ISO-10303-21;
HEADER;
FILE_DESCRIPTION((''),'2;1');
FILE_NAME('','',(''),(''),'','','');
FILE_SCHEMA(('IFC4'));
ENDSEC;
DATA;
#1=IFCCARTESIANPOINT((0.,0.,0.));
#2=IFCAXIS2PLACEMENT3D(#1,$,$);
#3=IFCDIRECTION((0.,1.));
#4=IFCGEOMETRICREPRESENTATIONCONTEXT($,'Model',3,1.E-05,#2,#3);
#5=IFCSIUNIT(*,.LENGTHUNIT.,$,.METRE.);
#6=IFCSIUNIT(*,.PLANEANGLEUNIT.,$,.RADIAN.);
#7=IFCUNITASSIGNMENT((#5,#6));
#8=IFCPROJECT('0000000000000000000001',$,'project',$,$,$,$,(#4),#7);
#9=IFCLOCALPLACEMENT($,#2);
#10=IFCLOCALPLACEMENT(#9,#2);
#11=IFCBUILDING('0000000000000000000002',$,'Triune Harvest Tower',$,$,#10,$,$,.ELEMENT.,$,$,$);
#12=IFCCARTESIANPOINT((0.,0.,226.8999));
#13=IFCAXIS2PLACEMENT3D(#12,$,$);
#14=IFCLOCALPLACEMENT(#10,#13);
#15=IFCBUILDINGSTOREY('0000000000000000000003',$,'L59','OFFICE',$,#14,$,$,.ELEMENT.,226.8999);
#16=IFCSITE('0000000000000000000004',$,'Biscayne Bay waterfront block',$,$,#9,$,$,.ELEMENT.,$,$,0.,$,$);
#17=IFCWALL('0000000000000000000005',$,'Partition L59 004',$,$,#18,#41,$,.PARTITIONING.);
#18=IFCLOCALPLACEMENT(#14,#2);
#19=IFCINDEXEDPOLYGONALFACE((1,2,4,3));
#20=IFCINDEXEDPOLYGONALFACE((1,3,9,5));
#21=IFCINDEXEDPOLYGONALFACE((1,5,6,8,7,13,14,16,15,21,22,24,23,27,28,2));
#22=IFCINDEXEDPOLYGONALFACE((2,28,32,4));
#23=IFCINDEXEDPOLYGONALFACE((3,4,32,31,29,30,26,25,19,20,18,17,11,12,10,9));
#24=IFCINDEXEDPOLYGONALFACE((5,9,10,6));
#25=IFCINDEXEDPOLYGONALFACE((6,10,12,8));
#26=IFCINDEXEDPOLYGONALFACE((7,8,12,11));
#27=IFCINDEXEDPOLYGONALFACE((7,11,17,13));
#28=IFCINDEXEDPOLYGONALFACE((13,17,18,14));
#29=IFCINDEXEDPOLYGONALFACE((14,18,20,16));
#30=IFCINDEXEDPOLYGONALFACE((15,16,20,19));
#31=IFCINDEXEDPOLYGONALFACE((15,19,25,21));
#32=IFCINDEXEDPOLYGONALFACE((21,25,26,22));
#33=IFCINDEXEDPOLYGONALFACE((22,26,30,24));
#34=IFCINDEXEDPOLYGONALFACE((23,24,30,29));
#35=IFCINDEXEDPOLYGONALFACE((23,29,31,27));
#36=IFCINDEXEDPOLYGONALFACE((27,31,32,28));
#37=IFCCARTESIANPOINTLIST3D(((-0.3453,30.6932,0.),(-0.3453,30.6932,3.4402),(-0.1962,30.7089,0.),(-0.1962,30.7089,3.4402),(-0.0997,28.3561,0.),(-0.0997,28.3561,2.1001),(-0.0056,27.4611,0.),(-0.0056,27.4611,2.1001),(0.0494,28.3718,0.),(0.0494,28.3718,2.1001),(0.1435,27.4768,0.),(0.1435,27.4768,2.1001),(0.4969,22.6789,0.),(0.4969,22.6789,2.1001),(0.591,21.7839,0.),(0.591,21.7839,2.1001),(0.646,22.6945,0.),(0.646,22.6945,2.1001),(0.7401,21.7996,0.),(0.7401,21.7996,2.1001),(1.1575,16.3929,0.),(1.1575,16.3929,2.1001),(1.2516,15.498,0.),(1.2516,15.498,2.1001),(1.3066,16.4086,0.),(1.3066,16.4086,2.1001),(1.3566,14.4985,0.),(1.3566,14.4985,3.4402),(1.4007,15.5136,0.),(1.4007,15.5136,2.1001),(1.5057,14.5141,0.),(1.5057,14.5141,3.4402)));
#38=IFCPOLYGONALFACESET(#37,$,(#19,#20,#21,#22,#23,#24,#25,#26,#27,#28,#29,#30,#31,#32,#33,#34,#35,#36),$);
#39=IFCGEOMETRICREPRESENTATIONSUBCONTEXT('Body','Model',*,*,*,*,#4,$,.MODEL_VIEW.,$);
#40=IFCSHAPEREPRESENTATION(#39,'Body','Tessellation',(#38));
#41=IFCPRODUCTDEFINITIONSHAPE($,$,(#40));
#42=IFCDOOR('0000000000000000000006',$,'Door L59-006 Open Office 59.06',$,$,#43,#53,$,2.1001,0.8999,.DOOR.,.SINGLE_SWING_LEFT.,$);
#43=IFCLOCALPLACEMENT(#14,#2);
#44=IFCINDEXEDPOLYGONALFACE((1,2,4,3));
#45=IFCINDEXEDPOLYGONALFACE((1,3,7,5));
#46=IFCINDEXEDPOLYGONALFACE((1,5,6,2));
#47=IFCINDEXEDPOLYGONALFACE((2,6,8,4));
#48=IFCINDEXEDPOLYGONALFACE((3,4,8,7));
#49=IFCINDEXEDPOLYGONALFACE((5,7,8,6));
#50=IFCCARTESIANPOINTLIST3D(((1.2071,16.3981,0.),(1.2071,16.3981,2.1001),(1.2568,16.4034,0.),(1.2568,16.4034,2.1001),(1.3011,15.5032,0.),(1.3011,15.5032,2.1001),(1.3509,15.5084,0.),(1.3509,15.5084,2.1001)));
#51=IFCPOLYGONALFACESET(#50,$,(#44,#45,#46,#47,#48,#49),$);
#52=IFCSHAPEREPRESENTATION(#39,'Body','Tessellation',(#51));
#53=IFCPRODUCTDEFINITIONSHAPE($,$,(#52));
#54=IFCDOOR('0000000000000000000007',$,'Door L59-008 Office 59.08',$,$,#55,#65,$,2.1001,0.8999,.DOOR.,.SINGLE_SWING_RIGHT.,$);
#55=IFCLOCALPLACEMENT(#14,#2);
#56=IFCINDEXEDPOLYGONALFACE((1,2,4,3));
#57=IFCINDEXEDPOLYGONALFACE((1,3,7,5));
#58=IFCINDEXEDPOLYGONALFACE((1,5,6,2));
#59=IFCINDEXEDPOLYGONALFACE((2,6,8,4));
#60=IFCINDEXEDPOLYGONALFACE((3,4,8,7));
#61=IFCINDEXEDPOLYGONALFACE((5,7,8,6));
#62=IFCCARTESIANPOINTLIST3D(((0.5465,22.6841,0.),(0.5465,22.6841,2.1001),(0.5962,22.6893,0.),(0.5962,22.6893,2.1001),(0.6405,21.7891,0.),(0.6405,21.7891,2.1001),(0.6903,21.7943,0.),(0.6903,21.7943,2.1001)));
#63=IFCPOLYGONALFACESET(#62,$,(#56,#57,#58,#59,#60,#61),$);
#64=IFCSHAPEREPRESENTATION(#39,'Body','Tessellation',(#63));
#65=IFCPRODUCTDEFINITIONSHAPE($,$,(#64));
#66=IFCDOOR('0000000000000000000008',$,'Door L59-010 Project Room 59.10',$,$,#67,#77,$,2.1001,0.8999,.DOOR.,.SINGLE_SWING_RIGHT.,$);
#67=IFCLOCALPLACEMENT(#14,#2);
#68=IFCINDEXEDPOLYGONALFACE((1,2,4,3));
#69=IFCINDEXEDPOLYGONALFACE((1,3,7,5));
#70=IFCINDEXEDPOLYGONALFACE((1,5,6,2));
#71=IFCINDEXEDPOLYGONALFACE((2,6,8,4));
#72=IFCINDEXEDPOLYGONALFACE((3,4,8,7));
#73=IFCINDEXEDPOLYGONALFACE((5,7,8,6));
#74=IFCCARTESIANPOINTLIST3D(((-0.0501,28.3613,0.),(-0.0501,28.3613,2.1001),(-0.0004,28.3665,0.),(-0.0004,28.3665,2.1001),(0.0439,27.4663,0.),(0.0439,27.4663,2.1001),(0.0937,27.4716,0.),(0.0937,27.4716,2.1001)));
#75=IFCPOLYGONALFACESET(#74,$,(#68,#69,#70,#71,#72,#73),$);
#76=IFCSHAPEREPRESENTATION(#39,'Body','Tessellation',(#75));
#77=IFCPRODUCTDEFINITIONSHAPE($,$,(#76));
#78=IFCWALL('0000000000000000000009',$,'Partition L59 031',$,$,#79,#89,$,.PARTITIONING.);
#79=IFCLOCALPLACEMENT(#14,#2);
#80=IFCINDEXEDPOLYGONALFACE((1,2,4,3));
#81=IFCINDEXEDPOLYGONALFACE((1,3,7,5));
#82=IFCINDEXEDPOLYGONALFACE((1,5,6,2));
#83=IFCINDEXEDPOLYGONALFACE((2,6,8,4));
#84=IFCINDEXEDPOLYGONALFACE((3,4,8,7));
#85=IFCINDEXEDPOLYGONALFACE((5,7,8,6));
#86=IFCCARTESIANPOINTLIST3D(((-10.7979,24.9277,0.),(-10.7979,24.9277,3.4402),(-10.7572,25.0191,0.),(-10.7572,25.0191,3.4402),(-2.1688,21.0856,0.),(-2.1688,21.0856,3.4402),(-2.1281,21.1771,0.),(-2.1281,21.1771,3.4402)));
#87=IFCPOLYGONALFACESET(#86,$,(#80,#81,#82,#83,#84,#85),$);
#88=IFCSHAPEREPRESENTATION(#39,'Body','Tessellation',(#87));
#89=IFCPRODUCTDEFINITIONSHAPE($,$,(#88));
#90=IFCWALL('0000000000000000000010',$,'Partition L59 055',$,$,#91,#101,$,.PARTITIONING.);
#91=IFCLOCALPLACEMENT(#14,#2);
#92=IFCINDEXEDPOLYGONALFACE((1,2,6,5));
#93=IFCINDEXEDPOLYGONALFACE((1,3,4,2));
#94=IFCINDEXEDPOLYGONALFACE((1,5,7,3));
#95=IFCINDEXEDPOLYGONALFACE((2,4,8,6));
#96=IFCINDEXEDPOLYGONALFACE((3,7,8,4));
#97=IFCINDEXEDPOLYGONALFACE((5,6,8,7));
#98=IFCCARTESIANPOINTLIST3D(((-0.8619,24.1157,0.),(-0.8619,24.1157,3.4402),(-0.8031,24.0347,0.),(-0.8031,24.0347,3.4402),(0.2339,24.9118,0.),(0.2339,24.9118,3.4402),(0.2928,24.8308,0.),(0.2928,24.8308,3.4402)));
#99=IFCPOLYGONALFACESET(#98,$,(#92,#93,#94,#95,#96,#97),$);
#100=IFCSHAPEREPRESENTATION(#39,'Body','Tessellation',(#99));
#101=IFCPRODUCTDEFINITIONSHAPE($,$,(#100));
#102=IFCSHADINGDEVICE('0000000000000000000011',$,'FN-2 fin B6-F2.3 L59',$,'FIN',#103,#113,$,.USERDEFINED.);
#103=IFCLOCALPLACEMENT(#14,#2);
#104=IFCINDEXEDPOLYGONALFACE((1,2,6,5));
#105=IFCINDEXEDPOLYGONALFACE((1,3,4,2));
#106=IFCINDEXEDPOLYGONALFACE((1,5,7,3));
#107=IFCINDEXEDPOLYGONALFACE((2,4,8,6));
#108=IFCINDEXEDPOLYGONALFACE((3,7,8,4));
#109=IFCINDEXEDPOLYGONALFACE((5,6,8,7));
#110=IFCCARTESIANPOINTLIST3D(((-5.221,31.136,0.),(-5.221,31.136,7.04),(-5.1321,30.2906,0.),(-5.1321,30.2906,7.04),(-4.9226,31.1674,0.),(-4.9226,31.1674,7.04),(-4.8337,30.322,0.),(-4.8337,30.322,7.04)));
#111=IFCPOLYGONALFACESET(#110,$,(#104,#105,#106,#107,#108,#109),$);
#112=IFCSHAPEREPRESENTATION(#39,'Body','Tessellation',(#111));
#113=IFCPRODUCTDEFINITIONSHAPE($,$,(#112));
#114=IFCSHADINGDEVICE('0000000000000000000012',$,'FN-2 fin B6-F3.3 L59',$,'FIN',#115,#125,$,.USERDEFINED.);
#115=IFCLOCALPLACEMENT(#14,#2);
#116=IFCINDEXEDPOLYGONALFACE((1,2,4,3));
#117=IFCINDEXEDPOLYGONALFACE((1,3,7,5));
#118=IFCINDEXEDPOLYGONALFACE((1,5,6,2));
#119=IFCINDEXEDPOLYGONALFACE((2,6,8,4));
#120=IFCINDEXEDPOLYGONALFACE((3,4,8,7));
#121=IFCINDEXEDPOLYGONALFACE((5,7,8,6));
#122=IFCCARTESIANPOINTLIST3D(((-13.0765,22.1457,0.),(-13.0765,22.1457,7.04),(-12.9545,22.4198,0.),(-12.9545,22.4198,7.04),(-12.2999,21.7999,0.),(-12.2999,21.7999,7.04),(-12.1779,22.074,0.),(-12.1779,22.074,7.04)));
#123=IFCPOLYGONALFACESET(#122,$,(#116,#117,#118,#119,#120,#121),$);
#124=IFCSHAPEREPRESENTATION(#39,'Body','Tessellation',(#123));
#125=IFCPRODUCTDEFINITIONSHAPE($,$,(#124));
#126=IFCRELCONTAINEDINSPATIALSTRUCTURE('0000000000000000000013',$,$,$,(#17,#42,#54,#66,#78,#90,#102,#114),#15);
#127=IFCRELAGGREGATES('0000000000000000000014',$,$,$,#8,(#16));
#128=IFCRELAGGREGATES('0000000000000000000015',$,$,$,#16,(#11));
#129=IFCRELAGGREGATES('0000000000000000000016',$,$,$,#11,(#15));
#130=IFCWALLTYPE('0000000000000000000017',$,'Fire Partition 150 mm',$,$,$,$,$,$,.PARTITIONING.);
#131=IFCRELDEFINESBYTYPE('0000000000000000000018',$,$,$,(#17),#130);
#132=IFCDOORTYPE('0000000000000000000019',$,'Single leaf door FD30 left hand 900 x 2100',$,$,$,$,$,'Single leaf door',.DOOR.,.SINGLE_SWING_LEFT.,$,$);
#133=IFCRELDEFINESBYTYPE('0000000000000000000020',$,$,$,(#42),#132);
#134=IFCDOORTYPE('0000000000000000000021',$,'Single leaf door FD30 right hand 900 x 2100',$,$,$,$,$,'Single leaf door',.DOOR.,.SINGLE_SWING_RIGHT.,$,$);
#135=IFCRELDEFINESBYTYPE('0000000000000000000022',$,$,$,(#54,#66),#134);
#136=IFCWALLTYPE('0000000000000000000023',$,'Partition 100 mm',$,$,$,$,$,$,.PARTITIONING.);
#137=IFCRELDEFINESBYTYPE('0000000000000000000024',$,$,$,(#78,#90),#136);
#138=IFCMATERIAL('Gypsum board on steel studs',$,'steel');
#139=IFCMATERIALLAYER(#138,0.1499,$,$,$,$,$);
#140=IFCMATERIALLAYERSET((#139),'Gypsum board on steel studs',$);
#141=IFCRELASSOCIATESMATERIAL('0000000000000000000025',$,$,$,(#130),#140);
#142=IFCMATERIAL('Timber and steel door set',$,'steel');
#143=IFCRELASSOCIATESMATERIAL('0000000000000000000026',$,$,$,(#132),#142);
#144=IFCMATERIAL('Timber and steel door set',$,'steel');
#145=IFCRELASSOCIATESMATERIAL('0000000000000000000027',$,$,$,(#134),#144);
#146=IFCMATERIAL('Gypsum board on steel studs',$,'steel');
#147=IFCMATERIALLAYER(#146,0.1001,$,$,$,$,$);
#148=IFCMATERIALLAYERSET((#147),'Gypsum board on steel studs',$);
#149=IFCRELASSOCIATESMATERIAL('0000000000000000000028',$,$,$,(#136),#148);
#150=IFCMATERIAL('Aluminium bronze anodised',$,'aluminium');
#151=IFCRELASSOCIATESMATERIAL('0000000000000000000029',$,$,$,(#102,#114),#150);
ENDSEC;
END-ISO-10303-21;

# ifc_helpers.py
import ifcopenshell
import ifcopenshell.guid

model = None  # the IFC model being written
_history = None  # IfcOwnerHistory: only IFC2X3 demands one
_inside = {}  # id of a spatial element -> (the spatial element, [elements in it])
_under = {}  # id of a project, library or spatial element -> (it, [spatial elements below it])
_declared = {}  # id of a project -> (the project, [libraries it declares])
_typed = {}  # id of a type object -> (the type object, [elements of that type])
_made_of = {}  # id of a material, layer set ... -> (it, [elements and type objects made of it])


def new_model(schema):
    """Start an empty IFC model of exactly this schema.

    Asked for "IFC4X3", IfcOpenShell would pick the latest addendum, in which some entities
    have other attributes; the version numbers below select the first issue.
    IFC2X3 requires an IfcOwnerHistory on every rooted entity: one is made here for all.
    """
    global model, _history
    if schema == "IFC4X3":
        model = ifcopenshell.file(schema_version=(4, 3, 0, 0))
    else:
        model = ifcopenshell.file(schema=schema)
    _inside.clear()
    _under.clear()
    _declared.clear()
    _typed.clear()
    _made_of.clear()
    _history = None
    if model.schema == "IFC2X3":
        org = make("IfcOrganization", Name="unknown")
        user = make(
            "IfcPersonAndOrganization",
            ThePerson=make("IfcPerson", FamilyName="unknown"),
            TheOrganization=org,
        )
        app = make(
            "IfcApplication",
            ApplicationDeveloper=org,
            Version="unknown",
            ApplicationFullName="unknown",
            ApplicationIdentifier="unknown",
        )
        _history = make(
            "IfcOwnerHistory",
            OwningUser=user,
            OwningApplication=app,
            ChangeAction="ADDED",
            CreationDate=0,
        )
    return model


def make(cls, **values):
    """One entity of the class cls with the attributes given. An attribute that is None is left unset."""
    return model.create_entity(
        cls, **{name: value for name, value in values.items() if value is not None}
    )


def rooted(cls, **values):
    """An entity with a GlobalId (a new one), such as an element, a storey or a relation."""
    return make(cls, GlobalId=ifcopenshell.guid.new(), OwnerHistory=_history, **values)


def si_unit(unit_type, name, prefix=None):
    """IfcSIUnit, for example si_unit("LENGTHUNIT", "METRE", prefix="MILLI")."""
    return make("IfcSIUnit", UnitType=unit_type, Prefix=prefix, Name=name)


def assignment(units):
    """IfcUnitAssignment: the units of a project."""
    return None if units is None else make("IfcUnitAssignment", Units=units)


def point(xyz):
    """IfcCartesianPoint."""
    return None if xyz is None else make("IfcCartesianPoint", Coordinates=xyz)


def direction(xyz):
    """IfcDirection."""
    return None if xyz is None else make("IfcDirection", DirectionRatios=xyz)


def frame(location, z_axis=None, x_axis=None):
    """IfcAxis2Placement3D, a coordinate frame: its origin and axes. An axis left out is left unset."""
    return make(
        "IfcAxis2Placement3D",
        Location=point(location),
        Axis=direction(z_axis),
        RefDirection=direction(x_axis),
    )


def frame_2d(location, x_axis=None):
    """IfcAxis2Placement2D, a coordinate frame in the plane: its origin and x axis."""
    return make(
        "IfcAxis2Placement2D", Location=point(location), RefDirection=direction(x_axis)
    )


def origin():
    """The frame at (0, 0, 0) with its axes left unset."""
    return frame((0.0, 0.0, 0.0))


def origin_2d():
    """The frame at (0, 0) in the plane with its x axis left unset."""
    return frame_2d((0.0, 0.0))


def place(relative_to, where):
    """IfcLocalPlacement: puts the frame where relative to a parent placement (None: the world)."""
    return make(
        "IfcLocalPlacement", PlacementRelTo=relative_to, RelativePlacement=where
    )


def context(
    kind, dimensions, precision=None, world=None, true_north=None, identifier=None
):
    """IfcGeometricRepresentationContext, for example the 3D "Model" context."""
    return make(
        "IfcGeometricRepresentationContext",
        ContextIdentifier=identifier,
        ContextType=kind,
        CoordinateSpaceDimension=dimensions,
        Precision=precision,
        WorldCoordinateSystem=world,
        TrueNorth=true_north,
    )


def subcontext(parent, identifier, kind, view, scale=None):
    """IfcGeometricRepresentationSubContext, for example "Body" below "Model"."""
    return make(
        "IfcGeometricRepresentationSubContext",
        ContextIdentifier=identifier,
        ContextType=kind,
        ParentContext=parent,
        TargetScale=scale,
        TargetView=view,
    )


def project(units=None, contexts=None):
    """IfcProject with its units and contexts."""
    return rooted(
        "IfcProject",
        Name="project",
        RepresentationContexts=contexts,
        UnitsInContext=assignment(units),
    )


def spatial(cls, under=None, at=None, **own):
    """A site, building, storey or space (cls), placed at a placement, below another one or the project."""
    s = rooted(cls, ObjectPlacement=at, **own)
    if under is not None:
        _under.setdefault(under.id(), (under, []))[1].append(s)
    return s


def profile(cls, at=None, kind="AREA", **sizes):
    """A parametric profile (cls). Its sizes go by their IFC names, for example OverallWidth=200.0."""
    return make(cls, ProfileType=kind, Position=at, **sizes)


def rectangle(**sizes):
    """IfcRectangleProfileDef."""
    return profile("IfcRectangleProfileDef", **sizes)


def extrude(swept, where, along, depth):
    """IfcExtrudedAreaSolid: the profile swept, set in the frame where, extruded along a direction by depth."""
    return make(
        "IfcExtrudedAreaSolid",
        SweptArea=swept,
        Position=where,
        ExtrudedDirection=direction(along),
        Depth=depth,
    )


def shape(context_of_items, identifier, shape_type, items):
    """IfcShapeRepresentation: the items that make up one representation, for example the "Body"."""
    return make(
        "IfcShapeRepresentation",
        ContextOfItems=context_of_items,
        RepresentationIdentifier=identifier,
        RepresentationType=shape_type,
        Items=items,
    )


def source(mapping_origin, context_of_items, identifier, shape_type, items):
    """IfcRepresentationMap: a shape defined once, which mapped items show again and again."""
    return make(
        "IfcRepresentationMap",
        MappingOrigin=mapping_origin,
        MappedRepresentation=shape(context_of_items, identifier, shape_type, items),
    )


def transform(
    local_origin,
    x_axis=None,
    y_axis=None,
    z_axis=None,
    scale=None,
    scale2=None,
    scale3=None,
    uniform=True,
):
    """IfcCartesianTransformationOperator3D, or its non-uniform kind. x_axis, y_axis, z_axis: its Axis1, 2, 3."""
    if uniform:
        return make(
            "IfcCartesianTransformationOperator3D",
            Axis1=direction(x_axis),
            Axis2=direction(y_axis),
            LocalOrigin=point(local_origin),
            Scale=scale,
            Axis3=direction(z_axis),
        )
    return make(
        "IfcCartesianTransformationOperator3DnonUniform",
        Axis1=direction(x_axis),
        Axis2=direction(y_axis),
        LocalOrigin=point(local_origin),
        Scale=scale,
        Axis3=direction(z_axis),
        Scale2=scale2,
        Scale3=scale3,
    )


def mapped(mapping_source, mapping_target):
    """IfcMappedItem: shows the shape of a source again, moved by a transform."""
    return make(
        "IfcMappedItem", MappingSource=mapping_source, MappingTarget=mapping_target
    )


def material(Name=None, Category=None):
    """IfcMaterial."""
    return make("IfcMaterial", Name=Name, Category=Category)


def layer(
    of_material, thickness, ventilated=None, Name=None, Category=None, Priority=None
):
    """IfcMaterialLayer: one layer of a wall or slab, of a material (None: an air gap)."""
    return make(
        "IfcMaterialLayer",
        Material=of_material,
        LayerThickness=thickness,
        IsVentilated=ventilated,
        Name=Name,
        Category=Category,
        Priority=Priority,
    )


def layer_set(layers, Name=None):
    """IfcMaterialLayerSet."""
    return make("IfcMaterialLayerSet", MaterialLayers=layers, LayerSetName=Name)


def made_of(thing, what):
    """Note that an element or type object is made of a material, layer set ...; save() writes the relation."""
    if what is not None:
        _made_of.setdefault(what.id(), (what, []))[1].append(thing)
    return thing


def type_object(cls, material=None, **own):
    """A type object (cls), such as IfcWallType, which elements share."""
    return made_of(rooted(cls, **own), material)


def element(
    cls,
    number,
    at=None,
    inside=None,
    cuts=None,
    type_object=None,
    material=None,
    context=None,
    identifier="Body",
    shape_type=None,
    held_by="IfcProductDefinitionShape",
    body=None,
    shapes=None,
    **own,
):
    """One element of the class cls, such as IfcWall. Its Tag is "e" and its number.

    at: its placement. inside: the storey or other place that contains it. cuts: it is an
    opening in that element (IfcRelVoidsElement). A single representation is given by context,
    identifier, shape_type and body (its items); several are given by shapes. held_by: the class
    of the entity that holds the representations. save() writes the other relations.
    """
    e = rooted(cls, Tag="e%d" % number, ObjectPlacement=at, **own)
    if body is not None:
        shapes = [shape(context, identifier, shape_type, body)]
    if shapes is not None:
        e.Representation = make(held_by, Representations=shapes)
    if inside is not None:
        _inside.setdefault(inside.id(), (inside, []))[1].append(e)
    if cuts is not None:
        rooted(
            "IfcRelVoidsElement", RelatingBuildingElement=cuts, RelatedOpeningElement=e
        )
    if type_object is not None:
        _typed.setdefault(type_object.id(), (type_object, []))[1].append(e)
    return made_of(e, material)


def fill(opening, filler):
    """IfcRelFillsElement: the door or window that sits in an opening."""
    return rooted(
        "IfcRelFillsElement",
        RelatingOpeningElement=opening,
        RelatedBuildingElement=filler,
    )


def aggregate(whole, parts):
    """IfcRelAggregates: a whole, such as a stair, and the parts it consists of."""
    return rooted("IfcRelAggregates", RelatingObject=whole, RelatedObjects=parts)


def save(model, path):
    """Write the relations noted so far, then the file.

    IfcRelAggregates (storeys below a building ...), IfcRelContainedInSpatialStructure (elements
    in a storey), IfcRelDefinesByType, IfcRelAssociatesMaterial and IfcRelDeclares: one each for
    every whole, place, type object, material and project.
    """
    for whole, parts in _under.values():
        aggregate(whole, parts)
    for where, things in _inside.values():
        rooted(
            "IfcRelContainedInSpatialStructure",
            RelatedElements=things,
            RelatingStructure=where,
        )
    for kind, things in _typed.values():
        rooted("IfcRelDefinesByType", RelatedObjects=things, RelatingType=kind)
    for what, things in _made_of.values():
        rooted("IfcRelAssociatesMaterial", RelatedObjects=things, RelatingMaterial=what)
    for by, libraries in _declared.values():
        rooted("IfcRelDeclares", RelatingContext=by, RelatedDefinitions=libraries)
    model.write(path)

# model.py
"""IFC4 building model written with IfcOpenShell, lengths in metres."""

from ifc_helpers import new_model, si_unit, direction, frame, frame_2d, origin, origin_2d, place, context, subcontext, project, spatial, rectangle, extrude, source, transform, mapped, material, layer, layer_set, type_object, element, fill, save


model = new_model("IFC4")

# Units and contexts
model_context = context("Model", 3, precision=1e-05, world=origin(), true_north=direction((0.0, 1.0)))
body_context = subcontext(model_context, "Body", "Model", "MODEL_VIEW")
ifc_project = project(units=[si_unit("LENGTHUNIT", "METRE"), si_unit("PLANEANGLEUNIT", "RADIAN")], contexts=[model_context])

# Site, building, storey
site_placement = place(None, origin())
site = spatial("IfcSite", under=ifc_project, at=site_placement, Name="Biscayne Bay waterfront block", CompositionType="ELEMENT", RefElevation=0.0)
building_placement = place(site_placement, origin())
building = spatial("IfcBuilding", under=site, at=building_placement, Name="Triune Harvest Tower", CompositionType="ELEMENT")
storey_placement = place(building_placement, frame((0.0, 0.0, 226.8999)))
storey = spatial("IfcBuildingStorey", under=building, at=storey_placement, Name="L59", Description="OFFICE", CompositionType="ELEMENT", Elevation=226.8999)

# Wall, openings, doors
ifc_material_1 = material(Name="Gypsum board on steel studs", Category="steel")
ifc_layer_1 = layer(ifc_material_1, 0.1499)
ifc_layer_set_1 = layer_set([ifc_layer_1], Name="Gypsum board on steel studs")
wall_type_1 = type_object("IfcWallType", Name="Fire Partition 150 mm", PredefinedType="PARTITIONING", material=ifc_layer_set_1)
wall_1_placement = place(storey_placement, frame((-0.2708, 30.7012, 0.0), z_axis=(0.0, 0.0, 1.0), x_axis=(0.104514, -0.994523, 0.0)))
wall_1 = element("IfcWall", 1, at=wall_1_placement, inside=storey, type_object=wall_type_1, Name="Partition L59 004", PredefinedType="PARTITIONING", context=body_context, shape_type="SweptSolid", body=[
    extrude(rectangle(XDim=16.2839, YDim=0.1499, at=frame_2d((8.1421, 0.0))), origin(), (0.0, 0.0, 1.0), 3.4402),
])
opening_1_placement = place(wall_1_placement, frame((14.3792, 0.0, 0.0)))
opening_1 = element("IfcOpeningElement", 2, at=opening_1_placement, cuts=wall_1, PredefinedType="OPENING", context=body_context, shape_type="SweptSolid", body=[
    extrude(rectangle(XDim=0.8999, YDim=2.1001, at=frame_2d((0.45, 1.05))), frame((0.0, 0.085, 0.0), z_axis=(0.0, -1.0, 0.0), x_axis=(1.0, 0.0, 0.0)), (0.0, 0.0, 1.0), 0.1699),
])
opening_2_placement = place(wall_1_placement, frame((8.0586, 0.0, 0.0)))
opening_2 = element("IfcOpeningElement", 3, at=opening_2_placement, cuts=wall_1, PredefinedType="OPENING", context=body_context, shape_type="SweptSolid", body=[
    extrude(rectangle(XDim=0.8999, YDim=2.1001, at=frame_2d((0.45, 1.05))), frame((0.0, 0.085, 0.0), z_axis=(0.0, -1.0, 0.0), x_axis=(1.0, 0.0, 0.0)), (0.0, 0.0, 1.0), 0.1699),
])
opening_3_placement = place(wall_1_placement, frame((2.3501, 0.0, 0.0)))
opening_3 = element("IfcOpeningElement", 4, at=opening_3_placement, cuts=wall_1, PredefinedType="OPENING", context=body_context, shape_type="SweptSolid", body=[
    extrude(rectangle(XDim=0.8999, YDim=2.1001, at=frame_2d((0.45, 1.05))), frame((0.0, 0.085, 0.0), z_axis=(0.0, -1.0, 0.0), x_axis=(1.0, 0.0, 0.0)), (0.0, 0.0, 1.0), 0.1699),
])
ifc_material_2 = material(Name="Timber and steel door set", Category="steel")
door_type_1 = type_object("IfcDoorType", Name="Single leaf door FD30 left hand 900 x 2100", ElementType="Single leaf door", OperationType="SINGLE_SWING_LEFT", PredefinedType="DOOR", material=ifc_material_2)
door_1_placement = place(opening_1_placement, origin())
door_1 = element("IfcDoor", 5, at=door_1_placement, inside=storey, type_object=door_type_1, Name="Door L59-006 Open Office 59.06", OperationType="SINGLE_SWING_LEFT", OverallHeight=2.1001, OverallWidth=0.8999, PredefinedType="DOOR", context=body_context, shape_type="SweptSolid", body=[
    extrude(rectangle(XDim=0.8999, YDim=2.1001, at=frame_2d((0.45, 1.05))), frame((0.0, 0.0249, 0.0), z_axis=(0.0, -1.0, 0.0), x_axis=(1.0, 0.0, 0.0)), (0.0, 0.0, 1.0), 0.05),
])
fill(opening_1, door_1)
ifc_material_3 = material(Name="Timber and steel door set", Category="steel")
door_type_2 = type_object("IfcDoorType", Name="Single leaf door FD30 right hand 900 x 2100", ElementType="Single leaf door", OperationType="SINGLE_SWING_RIGHT", PredefinedType="DOOR", material=ifc_material_3)
door_2_placement = place(opening_2_placement, origin())
door_2 = element("IfcDoor", 6, at=door_2_placement, inside=storey, type_object=door_type_2, Name="Door L59-008 Office 59.08", OperationType="SINGLE_SWING_RIGHT", OverallHeight=2.1001, OverallWidth=0.8999, PredefinedType="DOOR", context=body_context, shape_type="SweptSolid", body=[
    extrude(rectangle(XDim=0.8999, YDim=2.1001, at=frame_2d((0.45, 1.05))), frame((0.0, 0.0249, 0.0), z_axis=(0.0, -1.0, 0.0), x_axis=(1.0, 0.0, 0.0)), (0.0, 0.0, 1.0), 0.05),
])
fill(opening_2, door_2)
door_3_placement = place(opening_3_placement, origin())
door_3 = element("IfcDoor", 7, at=door_3_placement, inside=storey, type_object=door_type_2, Name="Door L59-010 Project Room 59.10", OperationType="SINGLE_SWING_RIGHT", OverallHeight=2.1001, OverallWidth=0.8999, PredefinedType="DOOR", context=body_context, shape_type="SweptSolid", body=[
    extrude(rectangle(XDim=0.8999, YDim=2.1001, at=frame_2d((0.45, 1.05))), frame((0.0, 0.0249, 0.0), z_axis=(0.0, -1.0, 0.0), x_axis=(1.0, 0.0, 0.0)), (0.0, 0.0, 1.0), 0.05),
])
fill(opening_3, door_3)

# Walls
ifc_material_4 = material(Name="Gypsum board on steel studs", Category="steel")
ifc_layer_2 = layer(ifc_material_4, 0.1001)
ifc_layer_set_2 = layer_set([ifc_layer_2], Name="Gypsum board on steel studs")
wall_type_2 = type_object("IfcWallType", Name="Partition 100 mm", PredefinedType="PARTITIONING", material=ifc_layer_set_2)
wall_2_placement = place(storey_placement, frame((-10.7776, 24.9734, 0.0), z_axis=(0.0, 0.0, 1.0), x_axis=(0.913542, -0.406745, 0.0)))
element("IfcWall", 8, at=wall_2_placement, inside=storey, type_object=wall_type_2, Name="Partition L59 031", PredefinedType="PARTITIONING", context=body_context, shape_type="SweptSolid", body=[
    extrude(rectangle(XDim=9.4458, YDim=0.1001, at=frame_2d((4.7229, 0.0))), origin(), (0.0, 0.0, 1.0), 3.4402),
])
wall_3_placement = place(storey_placement, frame((-0.8325, 24.0752, 0.0), z_axis=(0.0, 0.0, 1.0), x_axis=(0.809056, 0.587732, 0.0)))
element("IfcWall", 9, at=wall_3_placement, inside=storey, type_object=wall_type_2, Name="Partition L59 055", PredefinedType="PARTITIONING", context=body_context, shape_type="SweptSolid", body=[
    extrude(rectangle(XDim=1.3545, YDim=0.1001, at=frame_2d((0.6772, 0.0))), origin(), (0.0, 0.0, 1.0), 3.4402),
])

# Shading devices
ifc_material_5 = material(Name="Aluminium bronze anodised", Category="aluminium")
shared_shape_1 = source(origin(), body_context, "Body", "SweptSolid", [
    extrude(rectangle(XDim=0.3, YDim=0.8501, at=origin_2d()), origin(), (0.0, 0.0, 1.0), 7.04),
])
for number, where, z_axis, x_axis, name in (
    (10, (-5.0273, 30.729, 0.0), (0.0, 0.0, 1.0), (-0.994522, -0.10453, 0.0), "FN-2 fin B6-F2.3 L59"),
    (11, (-12.6272, 22.1099, 0.0), (0.0, 0.0, 1.0), (-0.406738, -0.913545, 0.0), "FN-2 fin B6-F3.3 L59"),
):
    element("IfcShadingDevice", number, at=place(storey_placement, frame(where, z_axis=z_axis, x_axis=x_axis)), inside=storey, material=ifc_material_5, Name=name, ObjectType="FIN", PredefinedType="USERDEFINED", context=body_context, shape_type="MappedRepresentation", body=[
        mapped(shared_shape_1, transform((0.0, 0.0, 0.0), scale=1.0)),
    ])

save(model, "model.ifc")
